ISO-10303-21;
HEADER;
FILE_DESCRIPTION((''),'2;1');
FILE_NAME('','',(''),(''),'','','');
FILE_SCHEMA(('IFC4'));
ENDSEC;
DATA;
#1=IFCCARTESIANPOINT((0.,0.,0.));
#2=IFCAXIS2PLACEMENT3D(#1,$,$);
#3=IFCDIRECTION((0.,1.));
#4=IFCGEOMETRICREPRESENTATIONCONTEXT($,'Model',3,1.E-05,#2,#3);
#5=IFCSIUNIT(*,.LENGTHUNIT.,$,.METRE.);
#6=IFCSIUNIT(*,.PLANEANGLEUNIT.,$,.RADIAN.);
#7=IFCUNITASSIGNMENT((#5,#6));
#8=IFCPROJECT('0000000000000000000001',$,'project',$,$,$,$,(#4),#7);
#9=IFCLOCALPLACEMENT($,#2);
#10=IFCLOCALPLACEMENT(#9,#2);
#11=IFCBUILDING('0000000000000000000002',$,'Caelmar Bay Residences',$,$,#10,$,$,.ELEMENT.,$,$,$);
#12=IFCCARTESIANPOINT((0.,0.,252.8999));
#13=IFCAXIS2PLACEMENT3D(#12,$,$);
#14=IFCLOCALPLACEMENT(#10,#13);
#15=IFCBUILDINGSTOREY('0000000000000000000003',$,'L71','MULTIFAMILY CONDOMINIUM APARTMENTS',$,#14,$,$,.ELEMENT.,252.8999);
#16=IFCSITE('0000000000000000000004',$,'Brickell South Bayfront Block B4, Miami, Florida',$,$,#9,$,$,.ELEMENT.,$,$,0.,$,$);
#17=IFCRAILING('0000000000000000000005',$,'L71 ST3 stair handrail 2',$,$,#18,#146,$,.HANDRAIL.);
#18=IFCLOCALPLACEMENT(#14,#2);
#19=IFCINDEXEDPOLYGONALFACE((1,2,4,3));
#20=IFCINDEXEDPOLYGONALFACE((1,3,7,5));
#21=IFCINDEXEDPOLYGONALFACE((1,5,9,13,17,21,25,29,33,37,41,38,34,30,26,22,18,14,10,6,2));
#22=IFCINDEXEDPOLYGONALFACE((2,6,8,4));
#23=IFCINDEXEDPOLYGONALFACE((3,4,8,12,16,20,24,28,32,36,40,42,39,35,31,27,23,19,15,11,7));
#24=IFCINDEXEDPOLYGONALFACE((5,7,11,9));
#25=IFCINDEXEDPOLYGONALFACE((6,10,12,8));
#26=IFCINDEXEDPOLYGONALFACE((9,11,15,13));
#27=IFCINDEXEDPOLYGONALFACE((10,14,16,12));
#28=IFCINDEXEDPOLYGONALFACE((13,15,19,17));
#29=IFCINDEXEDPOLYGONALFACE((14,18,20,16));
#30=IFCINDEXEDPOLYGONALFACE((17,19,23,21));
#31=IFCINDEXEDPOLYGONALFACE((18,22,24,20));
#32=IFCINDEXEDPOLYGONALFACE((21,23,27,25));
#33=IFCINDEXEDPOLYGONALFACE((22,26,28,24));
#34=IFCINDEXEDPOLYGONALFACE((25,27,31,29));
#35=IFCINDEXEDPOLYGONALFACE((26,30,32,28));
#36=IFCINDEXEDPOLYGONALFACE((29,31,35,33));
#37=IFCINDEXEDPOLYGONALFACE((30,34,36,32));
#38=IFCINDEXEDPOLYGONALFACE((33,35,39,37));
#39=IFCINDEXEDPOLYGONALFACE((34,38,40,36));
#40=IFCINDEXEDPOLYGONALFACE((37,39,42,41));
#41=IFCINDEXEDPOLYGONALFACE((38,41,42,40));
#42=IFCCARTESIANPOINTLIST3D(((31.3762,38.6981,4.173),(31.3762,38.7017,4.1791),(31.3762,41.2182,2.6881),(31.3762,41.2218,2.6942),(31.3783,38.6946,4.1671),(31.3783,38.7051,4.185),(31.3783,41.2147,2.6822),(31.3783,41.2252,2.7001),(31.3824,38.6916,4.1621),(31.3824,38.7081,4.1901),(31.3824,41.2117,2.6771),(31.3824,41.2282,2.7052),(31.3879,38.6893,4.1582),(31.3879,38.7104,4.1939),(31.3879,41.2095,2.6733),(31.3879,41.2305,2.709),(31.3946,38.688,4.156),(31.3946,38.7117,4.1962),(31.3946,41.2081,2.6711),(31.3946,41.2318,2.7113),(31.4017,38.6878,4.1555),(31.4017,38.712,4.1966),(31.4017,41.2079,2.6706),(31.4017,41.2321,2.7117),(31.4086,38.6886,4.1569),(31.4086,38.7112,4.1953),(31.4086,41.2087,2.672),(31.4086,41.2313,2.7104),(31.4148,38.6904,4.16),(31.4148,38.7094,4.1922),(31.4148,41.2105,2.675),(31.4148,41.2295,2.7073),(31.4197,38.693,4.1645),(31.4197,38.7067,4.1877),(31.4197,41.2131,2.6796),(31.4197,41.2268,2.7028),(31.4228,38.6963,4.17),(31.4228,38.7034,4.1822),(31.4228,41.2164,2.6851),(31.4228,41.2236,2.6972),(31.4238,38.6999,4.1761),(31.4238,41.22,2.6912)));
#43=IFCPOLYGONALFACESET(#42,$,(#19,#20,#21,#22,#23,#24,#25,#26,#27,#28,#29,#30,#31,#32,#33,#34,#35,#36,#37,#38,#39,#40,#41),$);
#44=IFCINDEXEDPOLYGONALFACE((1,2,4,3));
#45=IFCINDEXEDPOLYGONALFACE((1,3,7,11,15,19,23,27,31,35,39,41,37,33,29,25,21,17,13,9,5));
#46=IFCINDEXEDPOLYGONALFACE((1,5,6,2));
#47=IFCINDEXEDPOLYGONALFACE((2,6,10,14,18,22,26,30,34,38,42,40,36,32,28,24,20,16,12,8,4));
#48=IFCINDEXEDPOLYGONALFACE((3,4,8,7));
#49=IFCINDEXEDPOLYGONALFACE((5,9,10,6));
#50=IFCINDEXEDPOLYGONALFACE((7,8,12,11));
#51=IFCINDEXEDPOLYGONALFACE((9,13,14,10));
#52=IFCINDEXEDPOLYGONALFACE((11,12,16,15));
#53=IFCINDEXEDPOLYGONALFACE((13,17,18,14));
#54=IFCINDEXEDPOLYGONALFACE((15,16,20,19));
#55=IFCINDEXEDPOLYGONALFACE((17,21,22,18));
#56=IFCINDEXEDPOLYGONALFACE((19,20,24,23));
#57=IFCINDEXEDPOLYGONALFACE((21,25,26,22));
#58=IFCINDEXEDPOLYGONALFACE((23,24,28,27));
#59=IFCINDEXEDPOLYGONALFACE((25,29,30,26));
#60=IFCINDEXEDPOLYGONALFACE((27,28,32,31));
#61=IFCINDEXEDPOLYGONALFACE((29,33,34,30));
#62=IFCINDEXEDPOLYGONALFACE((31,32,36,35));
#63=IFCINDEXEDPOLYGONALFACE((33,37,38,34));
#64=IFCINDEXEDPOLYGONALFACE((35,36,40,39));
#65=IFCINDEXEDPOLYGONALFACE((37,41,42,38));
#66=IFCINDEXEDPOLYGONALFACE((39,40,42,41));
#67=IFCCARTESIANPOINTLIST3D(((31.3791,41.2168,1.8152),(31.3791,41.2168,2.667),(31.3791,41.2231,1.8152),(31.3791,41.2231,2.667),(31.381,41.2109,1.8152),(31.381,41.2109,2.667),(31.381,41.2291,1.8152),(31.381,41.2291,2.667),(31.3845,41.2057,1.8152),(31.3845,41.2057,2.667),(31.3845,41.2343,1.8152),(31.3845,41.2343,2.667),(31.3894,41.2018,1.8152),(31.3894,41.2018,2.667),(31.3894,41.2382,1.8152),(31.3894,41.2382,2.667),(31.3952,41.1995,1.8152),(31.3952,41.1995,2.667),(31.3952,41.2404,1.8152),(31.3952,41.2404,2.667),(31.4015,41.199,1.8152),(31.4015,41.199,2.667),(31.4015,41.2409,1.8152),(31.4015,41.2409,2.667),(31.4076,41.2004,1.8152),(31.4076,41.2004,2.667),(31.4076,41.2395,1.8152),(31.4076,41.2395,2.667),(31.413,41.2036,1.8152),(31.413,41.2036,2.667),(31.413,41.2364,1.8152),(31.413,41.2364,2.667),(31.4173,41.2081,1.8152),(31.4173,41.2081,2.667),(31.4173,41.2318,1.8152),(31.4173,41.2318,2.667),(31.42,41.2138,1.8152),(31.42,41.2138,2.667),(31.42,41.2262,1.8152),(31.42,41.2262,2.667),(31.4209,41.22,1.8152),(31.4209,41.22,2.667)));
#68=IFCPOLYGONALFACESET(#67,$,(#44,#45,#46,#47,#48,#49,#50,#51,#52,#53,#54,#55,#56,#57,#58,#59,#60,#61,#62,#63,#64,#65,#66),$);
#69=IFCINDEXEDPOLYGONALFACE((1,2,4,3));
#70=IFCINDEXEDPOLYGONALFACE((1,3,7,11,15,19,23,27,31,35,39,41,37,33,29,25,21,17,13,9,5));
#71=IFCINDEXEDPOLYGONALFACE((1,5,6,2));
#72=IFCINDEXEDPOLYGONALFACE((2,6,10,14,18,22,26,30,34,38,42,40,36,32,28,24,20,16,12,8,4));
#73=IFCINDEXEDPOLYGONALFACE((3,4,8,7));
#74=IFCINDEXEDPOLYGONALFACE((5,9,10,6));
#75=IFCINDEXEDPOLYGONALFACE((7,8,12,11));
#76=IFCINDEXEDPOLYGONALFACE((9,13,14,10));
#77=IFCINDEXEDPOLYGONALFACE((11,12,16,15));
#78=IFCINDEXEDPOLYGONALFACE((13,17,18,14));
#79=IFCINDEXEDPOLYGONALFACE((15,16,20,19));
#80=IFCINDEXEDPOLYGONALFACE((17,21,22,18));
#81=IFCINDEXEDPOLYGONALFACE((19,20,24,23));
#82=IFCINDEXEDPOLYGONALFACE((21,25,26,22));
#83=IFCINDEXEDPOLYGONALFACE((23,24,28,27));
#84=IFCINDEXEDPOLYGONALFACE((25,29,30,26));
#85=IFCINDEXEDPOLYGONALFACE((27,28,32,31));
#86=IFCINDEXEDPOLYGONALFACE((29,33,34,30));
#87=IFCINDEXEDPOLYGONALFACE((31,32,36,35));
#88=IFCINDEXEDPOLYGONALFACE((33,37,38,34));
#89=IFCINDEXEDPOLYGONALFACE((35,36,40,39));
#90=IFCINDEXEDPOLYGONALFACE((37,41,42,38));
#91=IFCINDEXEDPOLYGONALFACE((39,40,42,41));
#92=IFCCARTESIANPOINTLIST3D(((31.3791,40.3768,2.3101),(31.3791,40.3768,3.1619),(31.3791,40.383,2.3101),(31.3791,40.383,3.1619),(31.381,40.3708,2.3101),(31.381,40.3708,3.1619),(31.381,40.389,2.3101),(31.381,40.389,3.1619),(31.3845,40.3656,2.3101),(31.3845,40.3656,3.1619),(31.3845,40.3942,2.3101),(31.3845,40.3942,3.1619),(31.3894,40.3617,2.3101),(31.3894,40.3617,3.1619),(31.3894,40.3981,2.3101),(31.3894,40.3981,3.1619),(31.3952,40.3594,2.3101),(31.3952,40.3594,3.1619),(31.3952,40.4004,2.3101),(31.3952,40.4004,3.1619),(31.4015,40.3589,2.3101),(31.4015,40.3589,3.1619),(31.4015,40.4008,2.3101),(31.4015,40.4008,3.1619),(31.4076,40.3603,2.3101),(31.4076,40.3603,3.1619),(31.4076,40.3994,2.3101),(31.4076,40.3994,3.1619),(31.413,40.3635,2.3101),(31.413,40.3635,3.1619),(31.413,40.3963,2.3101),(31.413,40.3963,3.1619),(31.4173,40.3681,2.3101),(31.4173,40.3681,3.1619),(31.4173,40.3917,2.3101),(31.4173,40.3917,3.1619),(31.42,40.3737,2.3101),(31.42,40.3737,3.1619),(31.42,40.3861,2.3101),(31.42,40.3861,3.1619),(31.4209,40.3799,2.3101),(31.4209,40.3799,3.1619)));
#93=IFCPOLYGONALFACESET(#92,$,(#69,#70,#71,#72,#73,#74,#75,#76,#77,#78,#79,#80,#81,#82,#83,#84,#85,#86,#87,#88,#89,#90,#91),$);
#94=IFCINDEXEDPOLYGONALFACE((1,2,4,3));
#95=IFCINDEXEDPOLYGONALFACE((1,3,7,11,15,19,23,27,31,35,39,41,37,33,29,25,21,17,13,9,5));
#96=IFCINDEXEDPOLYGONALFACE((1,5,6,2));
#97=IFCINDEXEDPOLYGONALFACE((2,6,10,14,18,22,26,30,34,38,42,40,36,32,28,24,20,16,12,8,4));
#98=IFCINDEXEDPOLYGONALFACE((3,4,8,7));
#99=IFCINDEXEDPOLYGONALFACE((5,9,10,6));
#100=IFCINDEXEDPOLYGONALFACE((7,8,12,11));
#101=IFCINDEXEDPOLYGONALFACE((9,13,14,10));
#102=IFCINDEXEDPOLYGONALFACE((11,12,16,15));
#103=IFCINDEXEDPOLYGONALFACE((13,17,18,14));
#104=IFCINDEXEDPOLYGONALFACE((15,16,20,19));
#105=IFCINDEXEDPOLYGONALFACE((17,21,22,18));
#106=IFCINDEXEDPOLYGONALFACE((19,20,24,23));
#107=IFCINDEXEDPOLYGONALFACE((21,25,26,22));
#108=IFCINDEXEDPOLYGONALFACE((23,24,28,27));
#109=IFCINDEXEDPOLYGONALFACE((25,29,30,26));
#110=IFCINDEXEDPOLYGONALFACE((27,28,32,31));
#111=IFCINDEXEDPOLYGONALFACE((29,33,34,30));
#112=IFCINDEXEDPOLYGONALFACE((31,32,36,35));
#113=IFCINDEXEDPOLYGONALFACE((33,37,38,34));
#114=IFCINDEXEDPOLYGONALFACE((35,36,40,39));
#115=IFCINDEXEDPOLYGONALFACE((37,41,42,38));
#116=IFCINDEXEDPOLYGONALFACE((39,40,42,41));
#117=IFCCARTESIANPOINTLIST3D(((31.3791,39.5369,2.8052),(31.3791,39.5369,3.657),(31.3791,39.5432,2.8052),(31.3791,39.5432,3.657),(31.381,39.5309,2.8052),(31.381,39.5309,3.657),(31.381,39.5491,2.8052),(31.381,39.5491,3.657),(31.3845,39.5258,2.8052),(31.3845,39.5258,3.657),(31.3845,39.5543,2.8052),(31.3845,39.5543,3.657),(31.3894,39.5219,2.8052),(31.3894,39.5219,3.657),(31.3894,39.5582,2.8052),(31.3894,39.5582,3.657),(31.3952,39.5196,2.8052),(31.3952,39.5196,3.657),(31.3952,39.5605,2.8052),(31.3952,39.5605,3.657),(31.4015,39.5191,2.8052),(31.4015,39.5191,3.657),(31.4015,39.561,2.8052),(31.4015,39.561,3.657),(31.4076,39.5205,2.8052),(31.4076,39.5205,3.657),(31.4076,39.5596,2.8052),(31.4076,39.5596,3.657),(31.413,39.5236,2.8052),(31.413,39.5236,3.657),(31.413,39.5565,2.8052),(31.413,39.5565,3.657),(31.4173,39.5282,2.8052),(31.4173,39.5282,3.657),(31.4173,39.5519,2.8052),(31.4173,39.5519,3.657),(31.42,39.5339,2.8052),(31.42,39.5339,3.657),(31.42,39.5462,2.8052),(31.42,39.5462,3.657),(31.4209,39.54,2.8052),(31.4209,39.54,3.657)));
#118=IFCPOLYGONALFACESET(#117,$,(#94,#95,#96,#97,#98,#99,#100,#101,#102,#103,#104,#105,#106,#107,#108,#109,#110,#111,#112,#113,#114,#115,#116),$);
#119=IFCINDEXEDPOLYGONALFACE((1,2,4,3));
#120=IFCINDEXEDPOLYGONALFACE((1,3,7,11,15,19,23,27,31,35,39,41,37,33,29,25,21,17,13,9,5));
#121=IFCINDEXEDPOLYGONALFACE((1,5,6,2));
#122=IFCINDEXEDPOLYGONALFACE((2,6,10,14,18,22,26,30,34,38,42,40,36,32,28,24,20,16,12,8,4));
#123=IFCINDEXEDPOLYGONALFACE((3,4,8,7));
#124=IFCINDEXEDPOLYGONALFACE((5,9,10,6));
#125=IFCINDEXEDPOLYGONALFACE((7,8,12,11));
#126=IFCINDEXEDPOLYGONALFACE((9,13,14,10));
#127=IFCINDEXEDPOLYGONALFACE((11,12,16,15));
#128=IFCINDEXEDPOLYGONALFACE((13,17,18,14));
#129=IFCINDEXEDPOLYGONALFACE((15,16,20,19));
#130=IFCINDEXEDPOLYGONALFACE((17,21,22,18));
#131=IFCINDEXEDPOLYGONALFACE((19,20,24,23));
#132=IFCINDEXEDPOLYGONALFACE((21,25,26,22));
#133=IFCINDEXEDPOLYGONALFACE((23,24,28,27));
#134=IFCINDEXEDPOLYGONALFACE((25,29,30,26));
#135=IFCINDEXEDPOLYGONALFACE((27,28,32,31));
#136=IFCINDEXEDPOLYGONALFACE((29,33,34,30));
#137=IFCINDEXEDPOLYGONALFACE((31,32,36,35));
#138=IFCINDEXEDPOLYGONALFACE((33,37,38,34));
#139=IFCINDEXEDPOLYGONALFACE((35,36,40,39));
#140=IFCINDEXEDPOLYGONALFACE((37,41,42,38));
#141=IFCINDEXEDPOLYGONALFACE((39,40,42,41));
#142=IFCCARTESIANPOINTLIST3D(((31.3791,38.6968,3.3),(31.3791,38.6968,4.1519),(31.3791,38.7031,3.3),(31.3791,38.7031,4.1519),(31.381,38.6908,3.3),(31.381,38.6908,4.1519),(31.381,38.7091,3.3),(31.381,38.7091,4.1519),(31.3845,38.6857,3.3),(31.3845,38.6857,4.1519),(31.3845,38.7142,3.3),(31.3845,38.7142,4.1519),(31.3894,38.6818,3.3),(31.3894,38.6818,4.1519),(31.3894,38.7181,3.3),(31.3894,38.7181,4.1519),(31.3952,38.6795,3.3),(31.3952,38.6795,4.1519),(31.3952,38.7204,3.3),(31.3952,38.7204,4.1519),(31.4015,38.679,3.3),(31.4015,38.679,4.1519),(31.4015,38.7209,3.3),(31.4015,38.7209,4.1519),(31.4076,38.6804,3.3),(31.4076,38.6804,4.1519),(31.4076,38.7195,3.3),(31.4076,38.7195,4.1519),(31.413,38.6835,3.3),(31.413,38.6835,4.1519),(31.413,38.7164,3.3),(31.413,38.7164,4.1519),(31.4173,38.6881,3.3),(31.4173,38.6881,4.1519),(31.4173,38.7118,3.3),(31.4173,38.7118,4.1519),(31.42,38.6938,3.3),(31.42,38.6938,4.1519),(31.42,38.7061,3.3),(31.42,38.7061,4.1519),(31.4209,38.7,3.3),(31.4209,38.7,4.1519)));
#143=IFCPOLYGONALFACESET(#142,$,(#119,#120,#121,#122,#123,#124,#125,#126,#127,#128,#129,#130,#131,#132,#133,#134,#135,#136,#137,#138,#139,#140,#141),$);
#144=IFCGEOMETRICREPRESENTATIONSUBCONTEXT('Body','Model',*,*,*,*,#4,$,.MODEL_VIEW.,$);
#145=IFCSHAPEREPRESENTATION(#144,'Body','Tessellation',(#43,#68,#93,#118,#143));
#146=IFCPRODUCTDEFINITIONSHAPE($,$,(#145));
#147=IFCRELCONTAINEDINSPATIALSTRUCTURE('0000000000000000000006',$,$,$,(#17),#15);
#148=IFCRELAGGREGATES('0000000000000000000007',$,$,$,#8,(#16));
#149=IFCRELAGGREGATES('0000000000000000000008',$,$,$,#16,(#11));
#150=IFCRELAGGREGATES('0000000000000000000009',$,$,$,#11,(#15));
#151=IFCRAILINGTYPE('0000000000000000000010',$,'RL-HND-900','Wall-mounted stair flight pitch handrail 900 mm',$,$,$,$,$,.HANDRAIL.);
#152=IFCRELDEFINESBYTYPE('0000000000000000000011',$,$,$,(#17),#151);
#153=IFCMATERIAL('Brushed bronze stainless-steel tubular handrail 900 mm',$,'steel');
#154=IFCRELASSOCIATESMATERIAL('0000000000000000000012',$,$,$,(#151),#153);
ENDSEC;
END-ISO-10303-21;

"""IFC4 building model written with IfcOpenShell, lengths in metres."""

from ifc_helpers import new_model, si_unit, direction, frame, origin, origin_2d, place, context, subcontext, project, spatial, circle, extrude, material, type_object, element, save


model = new_model("IFC4")

# Units and contexts
model_context = context("Model", 3, precision=1e-05, world=origin(), true_north=direction((0.0, 1.0)))
body_context = subcontext(model_context, "Body", "Model", "MODEL_VIEW")
ifc_project = project(units=[si_unit("LENGTHUNIT", "METRE"), si_unit("PLANEANGLEUNIT", "RADIAN")], contexts=[model_context])

# Site, building, storey
site_placement = place(None, origin())
site = spatial("IfcSite", under=ifc_project, at=site_placement, Name="Brickell South Bayfront Block B4, Miami, Florida", CompositionType="ELEMENT", RefElevation=0.0)
building_placement = place(site_placement, origin())
building = spatial("IfcBuilding", under=site, at=building_placement, Name="Caelmar Bay Residences", CompositionType="ELEMENT")
storey_placement = place(building_placement, frame((0.0, 0.0, 252.8999)))
storey = spatial("IfcBuildingStorey", under=building, at=storey_placement, Name="L71", Description="MULTIFAMILY CONDOMINIUM APARTMENTS", CompositionType="ELEMENT", Elevation=252.8999)

# Railing
ifc_material_1 = material(Name="Brushed bronze stainless-steel tubular handrail 900 mm", Category="steel")
railing_type_1 = type_object("IfcRailingType", Name="RL-HND-900", Description="Wall-mounted stair flight pitch handrail 900 mm", PredefinedType="HANDRAIL", material=ifc_material_1)
railing_1_placement = place(storey_placement, frame((31.3999, 41.22, 1.8152)))
element("IfcRailing", 1, at=railing_1_placement, inside=storey, type_object=railing_type_1, Name="L71 ST3 stair handrail 2", PredefinedType="HANDRAIL", context=body_context, shape_type="SweptSolid", body=[
    extrude(circle(Radius=0.0239, at=origin_2d()), frame((0.0, 0.0, 0.876), z_axis=(0.0, -0.861561, 0.507655), x_axis=(1.0, 0.0, 0.0)), (0.0, 0.0, 1.0), 2.925),
    extrude(circle(Radius=0.021, at=origin_2d()), origin(), (0.0, 0.0, 1.0), 0.8518),
    extrude(circle(Radius=0.021, at=origin_2d()), frame((0.0, -0.8401, 0.4949)), (0.0, 0.0, 1.0), 0.8518),
    extrude(circle(Radius=0.021, at=origin_2d()), frame((0.0, -1.6799, 0.99)), (0.0, 0.0, 1.0), 0.8518),
    extrude(circle(Radius=0.021, at=origin_2d()), frame((0.0, -2.52, 1.4849)), (0.0, 0.0, 1.0), 0.8518),
])

save(model, "model.ifc")
